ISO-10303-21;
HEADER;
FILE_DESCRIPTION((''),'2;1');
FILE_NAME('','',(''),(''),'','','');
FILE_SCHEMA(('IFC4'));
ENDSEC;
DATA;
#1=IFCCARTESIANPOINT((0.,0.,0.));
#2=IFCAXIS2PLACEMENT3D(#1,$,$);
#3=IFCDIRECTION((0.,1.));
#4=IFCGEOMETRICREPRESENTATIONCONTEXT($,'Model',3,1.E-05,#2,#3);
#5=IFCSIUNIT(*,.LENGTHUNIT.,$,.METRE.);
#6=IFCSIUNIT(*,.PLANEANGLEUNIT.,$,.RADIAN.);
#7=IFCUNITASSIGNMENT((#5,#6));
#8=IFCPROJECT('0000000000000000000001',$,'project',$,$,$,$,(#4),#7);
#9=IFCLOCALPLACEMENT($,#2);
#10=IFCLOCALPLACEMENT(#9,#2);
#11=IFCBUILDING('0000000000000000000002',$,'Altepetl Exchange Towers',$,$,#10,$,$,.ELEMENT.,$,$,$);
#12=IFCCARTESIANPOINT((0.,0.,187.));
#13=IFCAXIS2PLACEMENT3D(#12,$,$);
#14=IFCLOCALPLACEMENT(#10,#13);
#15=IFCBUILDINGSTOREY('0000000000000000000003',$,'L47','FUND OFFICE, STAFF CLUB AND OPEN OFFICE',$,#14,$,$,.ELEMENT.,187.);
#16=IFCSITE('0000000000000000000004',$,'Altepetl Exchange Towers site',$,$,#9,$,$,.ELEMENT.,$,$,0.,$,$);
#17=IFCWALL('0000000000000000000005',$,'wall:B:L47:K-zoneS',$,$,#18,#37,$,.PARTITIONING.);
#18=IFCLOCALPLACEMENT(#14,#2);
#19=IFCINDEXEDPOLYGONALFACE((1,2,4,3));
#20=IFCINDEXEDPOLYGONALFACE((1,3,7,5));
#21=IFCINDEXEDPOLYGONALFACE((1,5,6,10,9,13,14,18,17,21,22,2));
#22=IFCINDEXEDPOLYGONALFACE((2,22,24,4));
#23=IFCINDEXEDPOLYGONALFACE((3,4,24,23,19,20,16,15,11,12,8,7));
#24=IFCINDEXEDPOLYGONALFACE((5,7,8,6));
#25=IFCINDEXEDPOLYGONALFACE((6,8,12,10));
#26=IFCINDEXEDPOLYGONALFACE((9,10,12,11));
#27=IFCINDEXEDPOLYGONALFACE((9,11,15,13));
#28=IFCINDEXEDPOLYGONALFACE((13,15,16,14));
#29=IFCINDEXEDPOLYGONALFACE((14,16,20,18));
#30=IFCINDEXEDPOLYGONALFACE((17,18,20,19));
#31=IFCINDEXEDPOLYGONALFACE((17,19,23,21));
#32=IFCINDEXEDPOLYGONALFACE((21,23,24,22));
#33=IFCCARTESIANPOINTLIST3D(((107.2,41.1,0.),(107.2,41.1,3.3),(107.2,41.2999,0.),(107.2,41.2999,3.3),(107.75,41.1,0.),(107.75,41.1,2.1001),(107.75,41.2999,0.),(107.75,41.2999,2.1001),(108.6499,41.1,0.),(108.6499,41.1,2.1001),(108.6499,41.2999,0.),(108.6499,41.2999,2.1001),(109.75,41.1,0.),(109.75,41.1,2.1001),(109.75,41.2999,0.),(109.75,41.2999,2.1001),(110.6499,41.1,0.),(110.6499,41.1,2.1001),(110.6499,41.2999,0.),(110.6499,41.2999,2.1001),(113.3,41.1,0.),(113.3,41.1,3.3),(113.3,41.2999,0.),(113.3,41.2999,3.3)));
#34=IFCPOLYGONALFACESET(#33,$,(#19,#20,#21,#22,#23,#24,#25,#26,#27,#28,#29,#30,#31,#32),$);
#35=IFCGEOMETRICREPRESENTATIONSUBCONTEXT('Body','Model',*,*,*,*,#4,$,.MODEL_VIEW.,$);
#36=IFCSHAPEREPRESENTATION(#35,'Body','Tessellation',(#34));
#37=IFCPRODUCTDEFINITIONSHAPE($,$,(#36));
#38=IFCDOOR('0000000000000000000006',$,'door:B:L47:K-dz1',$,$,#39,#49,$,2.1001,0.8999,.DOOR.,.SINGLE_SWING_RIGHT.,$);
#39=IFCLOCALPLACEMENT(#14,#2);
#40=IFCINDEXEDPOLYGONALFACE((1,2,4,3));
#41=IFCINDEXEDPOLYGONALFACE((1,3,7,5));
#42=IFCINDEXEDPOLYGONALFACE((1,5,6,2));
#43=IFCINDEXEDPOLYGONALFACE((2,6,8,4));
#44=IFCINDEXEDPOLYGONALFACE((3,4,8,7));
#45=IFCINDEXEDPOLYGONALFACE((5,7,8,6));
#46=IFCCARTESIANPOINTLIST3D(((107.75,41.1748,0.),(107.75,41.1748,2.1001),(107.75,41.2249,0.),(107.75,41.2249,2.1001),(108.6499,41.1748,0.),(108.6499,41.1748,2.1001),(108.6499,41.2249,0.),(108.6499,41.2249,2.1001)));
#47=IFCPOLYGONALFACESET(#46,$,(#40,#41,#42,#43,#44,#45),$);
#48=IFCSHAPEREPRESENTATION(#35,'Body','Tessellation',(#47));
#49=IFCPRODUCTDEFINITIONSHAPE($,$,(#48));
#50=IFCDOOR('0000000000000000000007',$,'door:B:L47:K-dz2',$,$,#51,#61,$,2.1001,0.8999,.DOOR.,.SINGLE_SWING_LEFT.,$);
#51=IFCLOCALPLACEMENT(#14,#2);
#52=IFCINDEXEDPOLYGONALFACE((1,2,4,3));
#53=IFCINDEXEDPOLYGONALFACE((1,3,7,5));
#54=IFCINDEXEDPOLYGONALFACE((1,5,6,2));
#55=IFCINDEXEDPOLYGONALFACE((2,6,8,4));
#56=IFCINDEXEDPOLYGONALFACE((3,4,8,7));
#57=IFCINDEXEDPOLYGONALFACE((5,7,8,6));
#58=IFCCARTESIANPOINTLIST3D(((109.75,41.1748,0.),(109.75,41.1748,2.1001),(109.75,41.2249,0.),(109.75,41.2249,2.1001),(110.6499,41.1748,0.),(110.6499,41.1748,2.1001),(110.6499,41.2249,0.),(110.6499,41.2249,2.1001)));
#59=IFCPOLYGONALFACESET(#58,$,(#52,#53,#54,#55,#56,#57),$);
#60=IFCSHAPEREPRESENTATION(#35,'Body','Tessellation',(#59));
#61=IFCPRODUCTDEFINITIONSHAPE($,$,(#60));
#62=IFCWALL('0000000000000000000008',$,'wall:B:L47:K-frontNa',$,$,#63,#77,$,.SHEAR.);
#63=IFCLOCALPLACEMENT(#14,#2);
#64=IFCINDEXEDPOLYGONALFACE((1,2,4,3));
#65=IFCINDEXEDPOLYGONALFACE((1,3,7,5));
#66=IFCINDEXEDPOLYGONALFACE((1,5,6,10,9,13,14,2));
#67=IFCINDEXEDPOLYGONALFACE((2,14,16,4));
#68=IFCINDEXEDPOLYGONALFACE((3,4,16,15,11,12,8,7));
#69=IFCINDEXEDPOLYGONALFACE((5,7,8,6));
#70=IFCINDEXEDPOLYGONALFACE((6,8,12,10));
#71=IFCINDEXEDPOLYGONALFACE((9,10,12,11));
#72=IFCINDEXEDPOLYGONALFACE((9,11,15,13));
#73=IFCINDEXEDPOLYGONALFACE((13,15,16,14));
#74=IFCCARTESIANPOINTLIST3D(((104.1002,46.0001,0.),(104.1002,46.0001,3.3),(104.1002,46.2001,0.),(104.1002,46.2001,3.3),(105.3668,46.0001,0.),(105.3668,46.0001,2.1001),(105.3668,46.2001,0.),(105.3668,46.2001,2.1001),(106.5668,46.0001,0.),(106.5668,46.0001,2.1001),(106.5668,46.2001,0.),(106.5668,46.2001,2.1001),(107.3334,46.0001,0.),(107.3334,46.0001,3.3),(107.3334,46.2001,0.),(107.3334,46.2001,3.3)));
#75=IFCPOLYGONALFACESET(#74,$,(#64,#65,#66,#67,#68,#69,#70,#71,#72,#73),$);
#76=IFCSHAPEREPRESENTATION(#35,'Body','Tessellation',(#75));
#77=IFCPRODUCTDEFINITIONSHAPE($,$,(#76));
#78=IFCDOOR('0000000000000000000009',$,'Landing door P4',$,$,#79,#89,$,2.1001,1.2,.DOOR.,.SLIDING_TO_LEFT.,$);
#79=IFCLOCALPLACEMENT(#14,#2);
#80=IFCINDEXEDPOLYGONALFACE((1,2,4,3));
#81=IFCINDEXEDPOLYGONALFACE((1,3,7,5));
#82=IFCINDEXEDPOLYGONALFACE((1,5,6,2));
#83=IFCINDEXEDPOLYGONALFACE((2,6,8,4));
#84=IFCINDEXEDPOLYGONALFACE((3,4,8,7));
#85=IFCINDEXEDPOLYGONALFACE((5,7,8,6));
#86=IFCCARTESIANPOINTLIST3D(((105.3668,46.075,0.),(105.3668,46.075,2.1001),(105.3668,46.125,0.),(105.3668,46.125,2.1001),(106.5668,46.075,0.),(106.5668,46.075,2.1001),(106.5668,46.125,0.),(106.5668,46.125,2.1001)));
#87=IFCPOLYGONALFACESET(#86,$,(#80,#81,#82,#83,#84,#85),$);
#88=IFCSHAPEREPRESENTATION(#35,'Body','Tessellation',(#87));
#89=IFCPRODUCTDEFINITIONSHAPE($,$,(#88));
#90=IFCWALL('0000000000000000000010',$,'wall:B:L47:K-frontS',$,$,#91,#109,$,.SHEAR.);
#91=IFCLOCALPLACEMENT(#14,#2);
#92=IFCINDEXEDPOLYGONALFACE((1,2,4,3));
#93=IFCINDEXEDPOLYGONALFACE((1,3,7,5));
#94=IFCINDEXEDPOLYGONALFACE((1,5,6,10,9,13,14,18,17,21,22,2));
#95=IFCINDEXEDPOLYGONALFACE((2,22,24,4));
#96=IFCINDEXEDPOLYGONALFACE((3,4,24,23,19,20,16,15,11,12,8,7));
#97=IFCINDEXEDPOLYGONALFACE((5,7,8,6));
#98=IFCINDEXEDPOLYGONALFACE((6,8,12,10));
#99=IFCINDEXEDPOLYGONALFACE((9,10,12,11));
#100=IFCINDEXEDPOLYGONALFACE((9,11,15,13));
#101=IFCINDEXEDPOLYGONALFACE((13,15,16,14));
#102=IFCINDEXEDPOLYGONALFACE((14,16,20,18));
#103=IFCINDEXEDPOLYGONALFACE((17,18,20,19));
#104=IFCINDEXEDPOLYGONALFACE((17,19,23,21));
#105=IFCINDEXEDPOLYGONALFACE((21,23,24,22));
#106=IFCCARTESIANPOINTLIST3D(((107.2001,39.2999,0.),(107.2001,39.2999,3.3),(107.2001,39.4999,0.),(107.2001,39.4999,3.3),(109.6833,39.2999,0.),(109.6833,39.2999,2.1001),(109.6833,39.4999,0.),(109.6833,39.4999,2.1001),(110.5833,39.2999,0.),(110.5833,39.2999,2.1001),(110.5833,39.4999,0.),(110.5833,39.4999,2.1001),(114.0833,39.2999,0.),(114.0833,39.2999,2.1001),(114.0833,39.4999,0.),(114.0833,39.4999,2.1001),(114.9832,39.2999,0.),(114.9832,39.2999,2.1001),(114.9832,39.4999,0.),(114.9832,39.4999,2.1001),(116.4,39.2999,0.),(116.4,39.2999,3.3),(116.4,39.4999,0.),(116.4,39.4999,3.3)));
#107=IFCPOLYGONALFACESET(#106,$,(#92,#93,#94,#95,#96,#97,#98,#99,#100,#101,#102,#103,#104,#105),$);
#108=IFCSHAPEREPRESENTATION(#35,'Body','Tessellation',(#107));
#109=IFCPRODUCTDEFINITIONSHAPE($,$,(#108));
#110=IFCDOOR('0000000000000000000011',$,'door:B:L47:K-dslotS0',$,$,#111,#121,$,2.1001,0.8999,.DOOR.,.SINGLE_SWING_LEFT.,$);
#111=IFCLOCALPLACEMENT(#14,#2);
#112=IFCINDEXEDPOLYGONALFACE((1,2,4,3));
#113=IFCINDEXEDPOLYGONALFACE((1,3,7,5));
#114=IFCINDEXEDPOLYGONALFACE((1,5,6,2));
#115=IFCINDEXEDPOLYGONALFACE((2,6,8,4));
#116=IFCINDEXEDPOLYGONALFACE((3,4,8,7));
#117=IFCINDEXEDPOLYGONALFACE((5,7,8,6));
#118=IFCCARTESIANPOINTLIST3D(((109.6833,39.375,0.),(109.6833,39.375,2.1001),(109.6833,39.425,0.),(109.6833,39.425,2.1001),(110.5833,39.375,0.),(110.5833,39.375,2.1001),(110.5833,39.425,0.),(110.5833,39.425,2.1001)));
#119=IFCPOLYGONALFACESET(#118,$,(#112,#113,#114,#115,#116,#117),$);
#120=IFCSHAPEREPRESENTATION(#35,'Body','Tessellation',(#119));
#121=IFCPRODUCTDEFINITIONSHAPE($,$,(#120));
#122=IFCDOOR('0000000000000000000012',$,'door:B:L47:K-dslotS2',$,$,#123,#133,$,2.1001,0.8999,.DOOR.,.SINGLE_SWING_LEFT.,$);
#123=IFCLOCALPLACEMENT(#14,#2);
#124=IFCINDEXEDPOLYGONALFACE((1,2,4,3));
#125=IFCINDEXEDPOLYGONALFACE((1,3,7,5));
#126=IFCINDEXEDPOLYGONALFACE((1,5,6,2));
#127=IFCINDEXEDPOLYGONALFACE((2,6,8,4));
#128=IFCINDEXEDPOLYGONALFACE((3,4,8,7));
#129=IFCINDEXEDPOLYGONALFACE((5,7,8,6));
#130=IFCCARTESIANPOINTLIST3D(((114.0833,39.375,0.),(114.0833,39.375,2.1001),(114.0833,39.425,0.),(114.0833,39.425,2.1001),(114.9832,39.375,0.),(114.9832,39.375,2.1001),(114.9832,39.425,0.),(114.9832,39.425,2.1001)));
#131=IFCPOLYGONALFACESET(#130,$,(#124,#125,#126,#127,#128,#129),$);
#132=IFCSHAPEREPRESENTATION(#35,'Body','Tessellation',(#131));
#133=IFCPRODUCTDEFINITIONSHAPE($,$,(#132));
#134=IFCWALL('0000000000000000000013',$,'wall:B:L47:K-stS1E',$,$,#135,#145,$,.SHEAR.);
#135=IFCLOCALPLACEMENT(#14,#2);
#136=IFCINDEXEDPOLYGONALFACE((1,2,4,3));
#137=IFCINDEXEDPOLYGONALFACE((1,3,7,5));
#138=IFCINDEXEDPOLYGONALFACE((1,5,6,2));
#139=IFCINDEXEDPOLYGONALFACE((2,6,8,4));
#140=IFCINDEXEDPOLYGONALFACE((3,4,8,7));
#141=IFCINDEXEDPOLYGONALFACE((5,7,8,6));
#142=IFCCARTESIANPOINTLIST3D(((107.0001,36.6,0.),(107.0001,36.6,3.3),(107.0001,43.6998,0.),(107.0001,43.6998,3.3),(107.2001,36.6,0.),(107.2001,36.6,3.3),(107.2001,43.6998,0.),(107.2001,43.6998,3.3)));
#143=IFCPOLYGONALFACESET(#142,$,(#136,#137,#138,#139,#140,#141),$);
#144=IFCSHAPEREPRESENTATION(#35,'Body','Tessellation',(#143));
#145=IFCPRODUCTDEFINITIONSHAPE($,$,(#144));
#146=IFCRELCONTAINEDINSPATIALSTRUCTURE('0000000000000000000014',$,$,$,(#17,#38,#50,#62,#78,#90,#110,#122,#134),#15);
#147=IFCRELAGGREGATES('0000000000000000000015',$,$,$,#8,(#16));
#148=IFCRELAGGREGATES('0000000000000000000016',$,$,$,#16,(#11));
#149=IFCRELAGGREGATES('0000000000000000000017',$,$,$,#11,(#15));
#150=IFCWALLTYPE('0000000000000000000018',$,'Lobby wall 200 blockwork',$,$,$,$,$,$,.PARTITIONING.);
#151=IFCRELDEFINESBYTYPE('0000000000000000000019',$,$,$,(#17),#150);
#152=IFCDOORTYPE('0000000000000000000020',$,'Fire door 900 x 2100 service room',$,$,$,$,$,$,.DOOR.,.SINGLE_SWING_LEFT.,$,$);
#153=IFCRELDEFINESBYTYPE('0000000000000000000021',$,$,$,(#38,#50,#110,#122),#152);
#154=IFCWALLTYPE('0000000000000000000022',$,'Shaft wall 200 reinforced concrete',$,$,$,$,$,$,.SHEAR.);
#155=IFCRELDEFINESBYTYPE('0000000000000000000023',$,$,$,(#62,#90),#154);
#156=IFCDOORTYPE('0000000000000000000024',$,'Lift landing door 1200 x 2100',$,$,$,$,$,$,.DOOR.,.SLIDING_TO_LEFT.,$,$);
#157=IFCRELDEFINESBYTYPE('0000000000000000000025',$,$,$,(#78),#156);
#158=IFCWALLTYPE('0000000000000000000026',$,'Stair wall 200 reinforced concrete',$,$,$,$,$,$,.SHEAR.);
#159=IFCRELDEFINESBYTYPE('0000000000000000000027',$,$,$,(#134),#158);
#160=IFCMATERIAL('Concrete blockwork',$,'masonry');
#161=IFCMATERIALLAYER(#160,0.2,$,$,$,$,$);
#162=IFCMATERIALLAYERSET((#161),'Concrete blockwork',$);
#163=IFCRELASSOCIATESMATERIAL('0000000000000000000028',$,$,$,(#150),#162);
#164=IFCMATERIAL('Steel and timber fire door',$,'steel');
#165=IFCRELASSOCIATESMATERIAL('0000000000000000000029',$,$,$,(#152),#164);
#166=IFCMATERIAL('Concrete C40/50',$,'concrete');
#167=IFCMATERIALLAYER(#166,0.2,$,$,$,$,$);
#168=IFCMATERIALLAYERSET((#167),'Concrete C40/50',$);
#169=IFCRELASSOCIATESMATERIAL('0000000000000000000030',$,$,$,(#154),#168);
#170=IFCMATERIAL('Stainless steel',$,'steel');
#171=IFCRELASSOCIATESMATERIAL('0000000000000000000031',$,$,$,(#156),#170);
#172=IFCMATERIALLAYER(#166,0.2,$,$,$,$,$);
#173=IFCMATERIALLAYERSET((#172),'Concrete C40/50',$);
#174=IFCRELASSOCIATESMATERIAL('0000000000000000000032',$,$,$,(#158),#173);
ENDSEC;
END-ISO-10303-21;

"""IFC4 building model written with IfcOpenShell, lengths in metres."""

from ifc_helpers import new_model, si_unit, direction, frame, frame_2d, origin, place, context, subcontext, project, spatial, rectangle, extrude, material, layer, layer_set, type_object, element, fill, save


model = new_model("IFC4")

# Units and contexts
model_context = context("Model", 3, precision=1e-05, world=origin(), true_north=direction((0.0, 1.0)))
body_context = subcontext(model_context, "Body", "Model", "MODEL_VIEW")
ifc_project = project(units=[si_unit("LENGTHUNIT", "METRE"), si_unit("PLANEANGLEUNIT", "RADIAN")], contexts=[model_context])

# Site, building, storey
site_placement = place(None, origin())
site = spatial("IfcSite", under=ifc_project, at=site_placement, Name="Altepetl Exchange Towers site", CompositionType="ELEMENT", RefElevation=0.0)
building_placement = place(site_placement, origin())
building = spatial("IfcBuilding", under=site, at=building_placement, Name="Altepetl Exchange Towers", CompositionType="ELEMENT")
storey_placement = place(building_placement, frame((0.0, 0.0, 187.0)))
storey = spatial("IfcBuildingStorey", under=building, at=storey_placement, Name="L47", Description="FUND OFFICE, STAFF CLUB AND OPEN OFFICE", CompositionType="ELEMENT", Elevation=187.0)

# Shared definitions
ifc_material_1 = material(Name="Steel and timber fire door", Category="steel")

# Shared definitions
ifc_material_2 = material(Name="Concrete blockwork", Category="masonry")
ifc_layer_1 = layer(ifc_material_2, 0.2)
ifc_layer_set_1 = layer_set([ifc_layer_1], Name="Concrete blockwork")
wall_type_1 = type_object("IfcWallType", Name="Lobby wall 200 blockwork", PredefinedType="PARTITIONING", material=ifc_layer_set_1)

# Wall, openings, doors
wall_1_placement = place(storey_placement, frame((107.2, 41.2, 0.0)))
wall_1 = element("IfcWall", 1, at=wall_1_placement, inside=storey, type_object=wall_type_1, Name="wall:B:L47:K-zoneS", PredefinedType="PARTITIONING", context=body_context, shape_type="SweptSolid", body=[
    extrude(rectangle(XDim=6.1001, YDim=0.2, at=frame_2d((3.05, 0.0))), origin(), (0.0, 0.0, 1.0), 3.3),
])
opening_1_placement = place(wall_1_placement, frame((0.55, 0.0, 0.0)))
opening_1 = element("IfcOpeningElement", 2, at=opening_1_placement, cuts=wall_1, PredefinedType="OPENING", context=body_context, shape_type="SweptSolid", body=[
    extrude(rectangle(XDim=0.8999, YDim=2.1001, at=frame_2d((0.45, 1.05))), frame((0.0, 0.1099, 0.0), z_axis=(0.0, -1.0, 0.0), x_axis=(1.0, 0.0, 0.0)), (0.0, 0.0, 1.0), 0.22),
])
opening_2_placement = place(wall_1_placement, frame((2.55, 0.0, 0.0)))
opening_2 = element("IfcOpeningElement", 3, at=opening_2_placement, cuts=wall_1, PredefinedType="OPENING", context=body_context, shape_type="SweptSolid", body=[
    extrude(rectangle(XDim=0.8999, YDim=2.1001, at=frame_2d((0.45, 1.05))), frame((0.0, 0.1099, 0.0), z_axis=(0.0, -1.0, 0.0), x_axis=(1.0, 0.0, 0.0)), (0.0, 0.0, 1.0), 0.22),
])
door_type_1 = type_object("IfcDoorType", Name="Fire door 900 x 2100 service room", OperationType="SINGLE_SWING_LEFT", PredefinedType="DOOR", material=ifc_material_1)
door_1_placement = place(opening_1_placement, origin())
door_1 = element("IfcDoor", 4, at=door_1_placement, inside=storey, type_object=door_type_1, Name="door:B:L47:K-dz1", OperationType="SINGLE_SWING_RIGHT", OverallHeight=2.1001, OverallWidth=0.8999, PredefinedType="DOOR", context=body_context, shape_type="SweptSolid", body=[
    extrude(rectangle(XDim=0.8999, YDim=2.1001, at=frame_2d((0.45, 1.05))), frame((0.0, 0.0249, 0.0), z_axis=(0.0, -1.0, 0.0), x_axis=(1.0, 0.0, 0.0)), (0.0, 0.0, 1.0), 0.05),
])
fill(opening_1, door_1)
door_2_placement = place(opening_2_placement, origin())
door_2 = element("IfcDoor", 5, at=door_2_placement, inside=storey, type_object=door_type_1, Name="door:B:L47:K-dz2", OperationType="SINGLE_SWING_LEFT", OverallHeight=2.1001, OverallWidth=0.8999, PredefinedType="DOOR", context=body_context, shape_type="SweptSolid", body=[
    extrude(rectangle(XDim=0.8999, YDim=2.1001, at=frame_2d((0.45, 1.05))), frame((0.0, 0.0249, 0.0), z_axis=(0.0, -1.0, 0.0), x_axis=(1.0, 0.0, 0.0)), (0.0, 0.0, 1.0), 0.05),
])
fill(opening_2, door_2)

# Wall, opening, door
ifc_material_3 = material(Name="Concrete C40/50", Category="concrete")
ifc_layer_2 = layer(ifc_material_3, 0.2)
ifc_layer_set_2 = layer_set([ifc_layer_2], Name="Concrete C40/50")
wall_type_2 = type_object("IfcWallType", Name="Shaft wall 200 reinforced concrete", PredefinedType="SHEAR", material=ifc_layer_set_2)
wall_2_placement = place(storey_placement, frame((104.1001, 46.1001, 0.0)))
wall_2 = element("IfcWall", 6, at=wall_2_placement, inside=storey, type_object=wall_type_2, Name="wall:B:L47:K-frontNa", PredefinedType="SHEAR", context=body_context, shape_type="SweptSolid", body=[
    extrude(rectangle(XDim=3.2332, YDim=0.2, at=frame_2d((1.6167, 0.0))), origin(), (0.0, 0.0, 1.0), 3.3),
])
opening_3_placement = place(wall_2_placement, frame((1.2666, 0.0, 0.0)))
opening_3 = element("IfcOpeningElement", 7, at=opening_3_placement, cuts=wall_2, PredefinedType="OPENING", context=body_context, shape_type="SweptSolid", body=[
    extrude(rectangle(XDim=1.2, YDim=2.1001, at=frame_2d((0.6001, 1.05))), frame((0.0, 0.1099, 0.0), z_axis=(0.0, -1.0, 0.0), x_axis=(1.0, 0.0, 0.0)), (0.0, 0.0, 1.0), 0.22),
])
ifc_material_4 = material(Name="Stainless steel", Category="steel")
door_type_2 = type_object("IfcDoorType", Name="Lift landing door 1200 x 2100", OperationType="SLIDING_TO_LEFT", PredefinedType="DOOR", material=ifc_material_4)
door_3_placement = place(opening_3_placement, origin())
door_3 = element("IfcDoor", 8, at=door_3_placement, inside=storey, type_object=door_type_2, Name="Landing door P4", OperationType="SLIDING_TO_LEFT", OverallHeight=2.1001, OverallWidth=1.2, PredefinedType="DOOR", context=body_context, shape_type="SweptSolid", body=[
    extrude(rectangle(XDim=1.2, YDim=2.1001, at=frame_2d((0.6001, 1.05))), frame((0.0, 0.0249, 0.0), z_axis=(0.0, -1.0, 0.0), x_axis=(1.0, 0.0, 0.0)), (0.0, 0.0, 1.0), 0.05),
])
fill(opening_3, door_3)

# Wall, openings, doors
wall_3_placement = place(storey_placement, frame((107.2, 39.3999, 0.0)))
wall_3 = element("IfcWall", 9, at=wall_3_placement, inside=storey, type_object=wall_type_2, Name="wall:B:L47:K-frontS", PredefinedType="SHEAR", context=body_context, shape_type="SweptSolid", body=[
    extrude(rectangle(XDim=9.2, YDim=0.2, at=frame_2d((4.6001, 0.0))), origin(), (0.0, 0.0, 1.0), 3.3),
])
opening_4_placement = place(wall_3_placement, frame((2.4834, 0.0, 0.0)))
opening_4 = element("IfcOpeningElement", 10, at=opening_4_placement, cuts=wall_3, PredefinedType="OPENING", context=body_context, shape_type="SweptSolid", body=[
    extrude(rectangle(XDim=0.8999, YDim=2.1001, at=frame_2d((0.45, 1.05))), frame((0.0, 0.1099, 0.0), z_axis=(0.0, -1.0, 0.0), x_axis=(1.0, 0.0, 0.0)), (0.0, 0.0, 1.0), 0.22),
])
opening_5_placement = place(wall_3_placement, frame((6.8833, 0.0, 0.0)))
opening_5 = element("IfcOpeningElement", 11, at=opening_5_placement, cuts=wall_3, PredefinedType="OPENING", context=body_context, shape_type="SweptSolid", body=[
    extrude(rectangle(XDim=0.8999, YDim=2.1001, at=frame_2d((0.45, 1.05))), frame((0.0, 0.1099, 0.0), z_axis=(0.0, -1.0, 0.0), x_axis=(1.0, 0.0, 0.0)), (0.0, 0.0, 1.0), 0.22),
])
door_4_placement = place(opening_4_placement, frame((0.8999, 0.0, 0.0), x_axis=(-1.0, 0.0, 0.0)))
door_4 = element("IfcDoor", 12, at=door_4_placement, inside=storey, type_object=door_type_1, Name="door:B:L47:K-dslotS0", OperationType="SINGLE_SWING_LEFT", OverallHeight=2.1001, OverallWidth=0.8999, PredefinedType="DOOR", context=body_context, shape_type="SweptSolid", body=[
    extrude(rectangle(XDim=0.8999, YDim=2.1001, at=frame_2d((0.45, 1.05))), frame((0.0, 0.0249, 0.0), z_axis=(0.0, -1.0, 0.0), x_axis=(1.0, 0.0, 0.0)), (0.0, 0.0, 1.0), 0.05),
])
fill(opening_4, door_4)
door_5_placement = place(opening_5_placement, frame((0.8999, 0.0, 0.0), x_axis=(-1.0, 0.0, 0.0)))
door_5 = element("IfcDoor", 13, at=door_5_placement, inside=storey, type_object=door_type_1, Name="door:B:L47:K-dslotS2", OperationType="SINGLE_SWING_LEFT", OverallHeight=2.1001, OverallWidth=0.8999, PredefinedType="DOOR", context=body_context, shape_type="SweptSolid", body=[
    extrude(rectangle(XDim=0.8999, YDim=2.1001, at=frame_2d((0.45, 1.05))), frame((0.0, 0.0249, 0.0), z_axis=(0.0, -1.0, 0.0), x_axis=(1.0, 0.0, 0.0)), (0.0, 0.0, 1.0), 0.05),
])
fill(opening_5, door_5)

# Wall
ifc_layer_3 = layer(ifc_material_3, 0.2)
ifc_layer_set_3 = layer_set([ifc_layer_3], Name="Concrete C40/50")
wall_type_3 = type_object("IfcWallType", Name="Stair wall 200 reinforced concrete", PredefinedType="SHEAR", material=ifc_layer_set_3)
wall_4_placement = place(storey_placement, frame((107.1001, 36.6001, 0.0), z_axis=(0.0, 0.0, 1.0), x_axis=(0.0, 1.0, 0.0)))
element("IfcWall", 14, at=wall_4_placement, inside=storey, type_object=wall_type_3, Name="wall:B:L47:K-stS1E", PredefinedType="SHEAR", context=body_context, shape_type="SweptSolid", body=[
    extrude(rectangle(XDim=7.0999, YDim=0.2, at=frame_2d((3.5498, 0.0))), origin(), (0.0, 0.0, 1.0), 3.3),
])

save(model, "model.ifc")
